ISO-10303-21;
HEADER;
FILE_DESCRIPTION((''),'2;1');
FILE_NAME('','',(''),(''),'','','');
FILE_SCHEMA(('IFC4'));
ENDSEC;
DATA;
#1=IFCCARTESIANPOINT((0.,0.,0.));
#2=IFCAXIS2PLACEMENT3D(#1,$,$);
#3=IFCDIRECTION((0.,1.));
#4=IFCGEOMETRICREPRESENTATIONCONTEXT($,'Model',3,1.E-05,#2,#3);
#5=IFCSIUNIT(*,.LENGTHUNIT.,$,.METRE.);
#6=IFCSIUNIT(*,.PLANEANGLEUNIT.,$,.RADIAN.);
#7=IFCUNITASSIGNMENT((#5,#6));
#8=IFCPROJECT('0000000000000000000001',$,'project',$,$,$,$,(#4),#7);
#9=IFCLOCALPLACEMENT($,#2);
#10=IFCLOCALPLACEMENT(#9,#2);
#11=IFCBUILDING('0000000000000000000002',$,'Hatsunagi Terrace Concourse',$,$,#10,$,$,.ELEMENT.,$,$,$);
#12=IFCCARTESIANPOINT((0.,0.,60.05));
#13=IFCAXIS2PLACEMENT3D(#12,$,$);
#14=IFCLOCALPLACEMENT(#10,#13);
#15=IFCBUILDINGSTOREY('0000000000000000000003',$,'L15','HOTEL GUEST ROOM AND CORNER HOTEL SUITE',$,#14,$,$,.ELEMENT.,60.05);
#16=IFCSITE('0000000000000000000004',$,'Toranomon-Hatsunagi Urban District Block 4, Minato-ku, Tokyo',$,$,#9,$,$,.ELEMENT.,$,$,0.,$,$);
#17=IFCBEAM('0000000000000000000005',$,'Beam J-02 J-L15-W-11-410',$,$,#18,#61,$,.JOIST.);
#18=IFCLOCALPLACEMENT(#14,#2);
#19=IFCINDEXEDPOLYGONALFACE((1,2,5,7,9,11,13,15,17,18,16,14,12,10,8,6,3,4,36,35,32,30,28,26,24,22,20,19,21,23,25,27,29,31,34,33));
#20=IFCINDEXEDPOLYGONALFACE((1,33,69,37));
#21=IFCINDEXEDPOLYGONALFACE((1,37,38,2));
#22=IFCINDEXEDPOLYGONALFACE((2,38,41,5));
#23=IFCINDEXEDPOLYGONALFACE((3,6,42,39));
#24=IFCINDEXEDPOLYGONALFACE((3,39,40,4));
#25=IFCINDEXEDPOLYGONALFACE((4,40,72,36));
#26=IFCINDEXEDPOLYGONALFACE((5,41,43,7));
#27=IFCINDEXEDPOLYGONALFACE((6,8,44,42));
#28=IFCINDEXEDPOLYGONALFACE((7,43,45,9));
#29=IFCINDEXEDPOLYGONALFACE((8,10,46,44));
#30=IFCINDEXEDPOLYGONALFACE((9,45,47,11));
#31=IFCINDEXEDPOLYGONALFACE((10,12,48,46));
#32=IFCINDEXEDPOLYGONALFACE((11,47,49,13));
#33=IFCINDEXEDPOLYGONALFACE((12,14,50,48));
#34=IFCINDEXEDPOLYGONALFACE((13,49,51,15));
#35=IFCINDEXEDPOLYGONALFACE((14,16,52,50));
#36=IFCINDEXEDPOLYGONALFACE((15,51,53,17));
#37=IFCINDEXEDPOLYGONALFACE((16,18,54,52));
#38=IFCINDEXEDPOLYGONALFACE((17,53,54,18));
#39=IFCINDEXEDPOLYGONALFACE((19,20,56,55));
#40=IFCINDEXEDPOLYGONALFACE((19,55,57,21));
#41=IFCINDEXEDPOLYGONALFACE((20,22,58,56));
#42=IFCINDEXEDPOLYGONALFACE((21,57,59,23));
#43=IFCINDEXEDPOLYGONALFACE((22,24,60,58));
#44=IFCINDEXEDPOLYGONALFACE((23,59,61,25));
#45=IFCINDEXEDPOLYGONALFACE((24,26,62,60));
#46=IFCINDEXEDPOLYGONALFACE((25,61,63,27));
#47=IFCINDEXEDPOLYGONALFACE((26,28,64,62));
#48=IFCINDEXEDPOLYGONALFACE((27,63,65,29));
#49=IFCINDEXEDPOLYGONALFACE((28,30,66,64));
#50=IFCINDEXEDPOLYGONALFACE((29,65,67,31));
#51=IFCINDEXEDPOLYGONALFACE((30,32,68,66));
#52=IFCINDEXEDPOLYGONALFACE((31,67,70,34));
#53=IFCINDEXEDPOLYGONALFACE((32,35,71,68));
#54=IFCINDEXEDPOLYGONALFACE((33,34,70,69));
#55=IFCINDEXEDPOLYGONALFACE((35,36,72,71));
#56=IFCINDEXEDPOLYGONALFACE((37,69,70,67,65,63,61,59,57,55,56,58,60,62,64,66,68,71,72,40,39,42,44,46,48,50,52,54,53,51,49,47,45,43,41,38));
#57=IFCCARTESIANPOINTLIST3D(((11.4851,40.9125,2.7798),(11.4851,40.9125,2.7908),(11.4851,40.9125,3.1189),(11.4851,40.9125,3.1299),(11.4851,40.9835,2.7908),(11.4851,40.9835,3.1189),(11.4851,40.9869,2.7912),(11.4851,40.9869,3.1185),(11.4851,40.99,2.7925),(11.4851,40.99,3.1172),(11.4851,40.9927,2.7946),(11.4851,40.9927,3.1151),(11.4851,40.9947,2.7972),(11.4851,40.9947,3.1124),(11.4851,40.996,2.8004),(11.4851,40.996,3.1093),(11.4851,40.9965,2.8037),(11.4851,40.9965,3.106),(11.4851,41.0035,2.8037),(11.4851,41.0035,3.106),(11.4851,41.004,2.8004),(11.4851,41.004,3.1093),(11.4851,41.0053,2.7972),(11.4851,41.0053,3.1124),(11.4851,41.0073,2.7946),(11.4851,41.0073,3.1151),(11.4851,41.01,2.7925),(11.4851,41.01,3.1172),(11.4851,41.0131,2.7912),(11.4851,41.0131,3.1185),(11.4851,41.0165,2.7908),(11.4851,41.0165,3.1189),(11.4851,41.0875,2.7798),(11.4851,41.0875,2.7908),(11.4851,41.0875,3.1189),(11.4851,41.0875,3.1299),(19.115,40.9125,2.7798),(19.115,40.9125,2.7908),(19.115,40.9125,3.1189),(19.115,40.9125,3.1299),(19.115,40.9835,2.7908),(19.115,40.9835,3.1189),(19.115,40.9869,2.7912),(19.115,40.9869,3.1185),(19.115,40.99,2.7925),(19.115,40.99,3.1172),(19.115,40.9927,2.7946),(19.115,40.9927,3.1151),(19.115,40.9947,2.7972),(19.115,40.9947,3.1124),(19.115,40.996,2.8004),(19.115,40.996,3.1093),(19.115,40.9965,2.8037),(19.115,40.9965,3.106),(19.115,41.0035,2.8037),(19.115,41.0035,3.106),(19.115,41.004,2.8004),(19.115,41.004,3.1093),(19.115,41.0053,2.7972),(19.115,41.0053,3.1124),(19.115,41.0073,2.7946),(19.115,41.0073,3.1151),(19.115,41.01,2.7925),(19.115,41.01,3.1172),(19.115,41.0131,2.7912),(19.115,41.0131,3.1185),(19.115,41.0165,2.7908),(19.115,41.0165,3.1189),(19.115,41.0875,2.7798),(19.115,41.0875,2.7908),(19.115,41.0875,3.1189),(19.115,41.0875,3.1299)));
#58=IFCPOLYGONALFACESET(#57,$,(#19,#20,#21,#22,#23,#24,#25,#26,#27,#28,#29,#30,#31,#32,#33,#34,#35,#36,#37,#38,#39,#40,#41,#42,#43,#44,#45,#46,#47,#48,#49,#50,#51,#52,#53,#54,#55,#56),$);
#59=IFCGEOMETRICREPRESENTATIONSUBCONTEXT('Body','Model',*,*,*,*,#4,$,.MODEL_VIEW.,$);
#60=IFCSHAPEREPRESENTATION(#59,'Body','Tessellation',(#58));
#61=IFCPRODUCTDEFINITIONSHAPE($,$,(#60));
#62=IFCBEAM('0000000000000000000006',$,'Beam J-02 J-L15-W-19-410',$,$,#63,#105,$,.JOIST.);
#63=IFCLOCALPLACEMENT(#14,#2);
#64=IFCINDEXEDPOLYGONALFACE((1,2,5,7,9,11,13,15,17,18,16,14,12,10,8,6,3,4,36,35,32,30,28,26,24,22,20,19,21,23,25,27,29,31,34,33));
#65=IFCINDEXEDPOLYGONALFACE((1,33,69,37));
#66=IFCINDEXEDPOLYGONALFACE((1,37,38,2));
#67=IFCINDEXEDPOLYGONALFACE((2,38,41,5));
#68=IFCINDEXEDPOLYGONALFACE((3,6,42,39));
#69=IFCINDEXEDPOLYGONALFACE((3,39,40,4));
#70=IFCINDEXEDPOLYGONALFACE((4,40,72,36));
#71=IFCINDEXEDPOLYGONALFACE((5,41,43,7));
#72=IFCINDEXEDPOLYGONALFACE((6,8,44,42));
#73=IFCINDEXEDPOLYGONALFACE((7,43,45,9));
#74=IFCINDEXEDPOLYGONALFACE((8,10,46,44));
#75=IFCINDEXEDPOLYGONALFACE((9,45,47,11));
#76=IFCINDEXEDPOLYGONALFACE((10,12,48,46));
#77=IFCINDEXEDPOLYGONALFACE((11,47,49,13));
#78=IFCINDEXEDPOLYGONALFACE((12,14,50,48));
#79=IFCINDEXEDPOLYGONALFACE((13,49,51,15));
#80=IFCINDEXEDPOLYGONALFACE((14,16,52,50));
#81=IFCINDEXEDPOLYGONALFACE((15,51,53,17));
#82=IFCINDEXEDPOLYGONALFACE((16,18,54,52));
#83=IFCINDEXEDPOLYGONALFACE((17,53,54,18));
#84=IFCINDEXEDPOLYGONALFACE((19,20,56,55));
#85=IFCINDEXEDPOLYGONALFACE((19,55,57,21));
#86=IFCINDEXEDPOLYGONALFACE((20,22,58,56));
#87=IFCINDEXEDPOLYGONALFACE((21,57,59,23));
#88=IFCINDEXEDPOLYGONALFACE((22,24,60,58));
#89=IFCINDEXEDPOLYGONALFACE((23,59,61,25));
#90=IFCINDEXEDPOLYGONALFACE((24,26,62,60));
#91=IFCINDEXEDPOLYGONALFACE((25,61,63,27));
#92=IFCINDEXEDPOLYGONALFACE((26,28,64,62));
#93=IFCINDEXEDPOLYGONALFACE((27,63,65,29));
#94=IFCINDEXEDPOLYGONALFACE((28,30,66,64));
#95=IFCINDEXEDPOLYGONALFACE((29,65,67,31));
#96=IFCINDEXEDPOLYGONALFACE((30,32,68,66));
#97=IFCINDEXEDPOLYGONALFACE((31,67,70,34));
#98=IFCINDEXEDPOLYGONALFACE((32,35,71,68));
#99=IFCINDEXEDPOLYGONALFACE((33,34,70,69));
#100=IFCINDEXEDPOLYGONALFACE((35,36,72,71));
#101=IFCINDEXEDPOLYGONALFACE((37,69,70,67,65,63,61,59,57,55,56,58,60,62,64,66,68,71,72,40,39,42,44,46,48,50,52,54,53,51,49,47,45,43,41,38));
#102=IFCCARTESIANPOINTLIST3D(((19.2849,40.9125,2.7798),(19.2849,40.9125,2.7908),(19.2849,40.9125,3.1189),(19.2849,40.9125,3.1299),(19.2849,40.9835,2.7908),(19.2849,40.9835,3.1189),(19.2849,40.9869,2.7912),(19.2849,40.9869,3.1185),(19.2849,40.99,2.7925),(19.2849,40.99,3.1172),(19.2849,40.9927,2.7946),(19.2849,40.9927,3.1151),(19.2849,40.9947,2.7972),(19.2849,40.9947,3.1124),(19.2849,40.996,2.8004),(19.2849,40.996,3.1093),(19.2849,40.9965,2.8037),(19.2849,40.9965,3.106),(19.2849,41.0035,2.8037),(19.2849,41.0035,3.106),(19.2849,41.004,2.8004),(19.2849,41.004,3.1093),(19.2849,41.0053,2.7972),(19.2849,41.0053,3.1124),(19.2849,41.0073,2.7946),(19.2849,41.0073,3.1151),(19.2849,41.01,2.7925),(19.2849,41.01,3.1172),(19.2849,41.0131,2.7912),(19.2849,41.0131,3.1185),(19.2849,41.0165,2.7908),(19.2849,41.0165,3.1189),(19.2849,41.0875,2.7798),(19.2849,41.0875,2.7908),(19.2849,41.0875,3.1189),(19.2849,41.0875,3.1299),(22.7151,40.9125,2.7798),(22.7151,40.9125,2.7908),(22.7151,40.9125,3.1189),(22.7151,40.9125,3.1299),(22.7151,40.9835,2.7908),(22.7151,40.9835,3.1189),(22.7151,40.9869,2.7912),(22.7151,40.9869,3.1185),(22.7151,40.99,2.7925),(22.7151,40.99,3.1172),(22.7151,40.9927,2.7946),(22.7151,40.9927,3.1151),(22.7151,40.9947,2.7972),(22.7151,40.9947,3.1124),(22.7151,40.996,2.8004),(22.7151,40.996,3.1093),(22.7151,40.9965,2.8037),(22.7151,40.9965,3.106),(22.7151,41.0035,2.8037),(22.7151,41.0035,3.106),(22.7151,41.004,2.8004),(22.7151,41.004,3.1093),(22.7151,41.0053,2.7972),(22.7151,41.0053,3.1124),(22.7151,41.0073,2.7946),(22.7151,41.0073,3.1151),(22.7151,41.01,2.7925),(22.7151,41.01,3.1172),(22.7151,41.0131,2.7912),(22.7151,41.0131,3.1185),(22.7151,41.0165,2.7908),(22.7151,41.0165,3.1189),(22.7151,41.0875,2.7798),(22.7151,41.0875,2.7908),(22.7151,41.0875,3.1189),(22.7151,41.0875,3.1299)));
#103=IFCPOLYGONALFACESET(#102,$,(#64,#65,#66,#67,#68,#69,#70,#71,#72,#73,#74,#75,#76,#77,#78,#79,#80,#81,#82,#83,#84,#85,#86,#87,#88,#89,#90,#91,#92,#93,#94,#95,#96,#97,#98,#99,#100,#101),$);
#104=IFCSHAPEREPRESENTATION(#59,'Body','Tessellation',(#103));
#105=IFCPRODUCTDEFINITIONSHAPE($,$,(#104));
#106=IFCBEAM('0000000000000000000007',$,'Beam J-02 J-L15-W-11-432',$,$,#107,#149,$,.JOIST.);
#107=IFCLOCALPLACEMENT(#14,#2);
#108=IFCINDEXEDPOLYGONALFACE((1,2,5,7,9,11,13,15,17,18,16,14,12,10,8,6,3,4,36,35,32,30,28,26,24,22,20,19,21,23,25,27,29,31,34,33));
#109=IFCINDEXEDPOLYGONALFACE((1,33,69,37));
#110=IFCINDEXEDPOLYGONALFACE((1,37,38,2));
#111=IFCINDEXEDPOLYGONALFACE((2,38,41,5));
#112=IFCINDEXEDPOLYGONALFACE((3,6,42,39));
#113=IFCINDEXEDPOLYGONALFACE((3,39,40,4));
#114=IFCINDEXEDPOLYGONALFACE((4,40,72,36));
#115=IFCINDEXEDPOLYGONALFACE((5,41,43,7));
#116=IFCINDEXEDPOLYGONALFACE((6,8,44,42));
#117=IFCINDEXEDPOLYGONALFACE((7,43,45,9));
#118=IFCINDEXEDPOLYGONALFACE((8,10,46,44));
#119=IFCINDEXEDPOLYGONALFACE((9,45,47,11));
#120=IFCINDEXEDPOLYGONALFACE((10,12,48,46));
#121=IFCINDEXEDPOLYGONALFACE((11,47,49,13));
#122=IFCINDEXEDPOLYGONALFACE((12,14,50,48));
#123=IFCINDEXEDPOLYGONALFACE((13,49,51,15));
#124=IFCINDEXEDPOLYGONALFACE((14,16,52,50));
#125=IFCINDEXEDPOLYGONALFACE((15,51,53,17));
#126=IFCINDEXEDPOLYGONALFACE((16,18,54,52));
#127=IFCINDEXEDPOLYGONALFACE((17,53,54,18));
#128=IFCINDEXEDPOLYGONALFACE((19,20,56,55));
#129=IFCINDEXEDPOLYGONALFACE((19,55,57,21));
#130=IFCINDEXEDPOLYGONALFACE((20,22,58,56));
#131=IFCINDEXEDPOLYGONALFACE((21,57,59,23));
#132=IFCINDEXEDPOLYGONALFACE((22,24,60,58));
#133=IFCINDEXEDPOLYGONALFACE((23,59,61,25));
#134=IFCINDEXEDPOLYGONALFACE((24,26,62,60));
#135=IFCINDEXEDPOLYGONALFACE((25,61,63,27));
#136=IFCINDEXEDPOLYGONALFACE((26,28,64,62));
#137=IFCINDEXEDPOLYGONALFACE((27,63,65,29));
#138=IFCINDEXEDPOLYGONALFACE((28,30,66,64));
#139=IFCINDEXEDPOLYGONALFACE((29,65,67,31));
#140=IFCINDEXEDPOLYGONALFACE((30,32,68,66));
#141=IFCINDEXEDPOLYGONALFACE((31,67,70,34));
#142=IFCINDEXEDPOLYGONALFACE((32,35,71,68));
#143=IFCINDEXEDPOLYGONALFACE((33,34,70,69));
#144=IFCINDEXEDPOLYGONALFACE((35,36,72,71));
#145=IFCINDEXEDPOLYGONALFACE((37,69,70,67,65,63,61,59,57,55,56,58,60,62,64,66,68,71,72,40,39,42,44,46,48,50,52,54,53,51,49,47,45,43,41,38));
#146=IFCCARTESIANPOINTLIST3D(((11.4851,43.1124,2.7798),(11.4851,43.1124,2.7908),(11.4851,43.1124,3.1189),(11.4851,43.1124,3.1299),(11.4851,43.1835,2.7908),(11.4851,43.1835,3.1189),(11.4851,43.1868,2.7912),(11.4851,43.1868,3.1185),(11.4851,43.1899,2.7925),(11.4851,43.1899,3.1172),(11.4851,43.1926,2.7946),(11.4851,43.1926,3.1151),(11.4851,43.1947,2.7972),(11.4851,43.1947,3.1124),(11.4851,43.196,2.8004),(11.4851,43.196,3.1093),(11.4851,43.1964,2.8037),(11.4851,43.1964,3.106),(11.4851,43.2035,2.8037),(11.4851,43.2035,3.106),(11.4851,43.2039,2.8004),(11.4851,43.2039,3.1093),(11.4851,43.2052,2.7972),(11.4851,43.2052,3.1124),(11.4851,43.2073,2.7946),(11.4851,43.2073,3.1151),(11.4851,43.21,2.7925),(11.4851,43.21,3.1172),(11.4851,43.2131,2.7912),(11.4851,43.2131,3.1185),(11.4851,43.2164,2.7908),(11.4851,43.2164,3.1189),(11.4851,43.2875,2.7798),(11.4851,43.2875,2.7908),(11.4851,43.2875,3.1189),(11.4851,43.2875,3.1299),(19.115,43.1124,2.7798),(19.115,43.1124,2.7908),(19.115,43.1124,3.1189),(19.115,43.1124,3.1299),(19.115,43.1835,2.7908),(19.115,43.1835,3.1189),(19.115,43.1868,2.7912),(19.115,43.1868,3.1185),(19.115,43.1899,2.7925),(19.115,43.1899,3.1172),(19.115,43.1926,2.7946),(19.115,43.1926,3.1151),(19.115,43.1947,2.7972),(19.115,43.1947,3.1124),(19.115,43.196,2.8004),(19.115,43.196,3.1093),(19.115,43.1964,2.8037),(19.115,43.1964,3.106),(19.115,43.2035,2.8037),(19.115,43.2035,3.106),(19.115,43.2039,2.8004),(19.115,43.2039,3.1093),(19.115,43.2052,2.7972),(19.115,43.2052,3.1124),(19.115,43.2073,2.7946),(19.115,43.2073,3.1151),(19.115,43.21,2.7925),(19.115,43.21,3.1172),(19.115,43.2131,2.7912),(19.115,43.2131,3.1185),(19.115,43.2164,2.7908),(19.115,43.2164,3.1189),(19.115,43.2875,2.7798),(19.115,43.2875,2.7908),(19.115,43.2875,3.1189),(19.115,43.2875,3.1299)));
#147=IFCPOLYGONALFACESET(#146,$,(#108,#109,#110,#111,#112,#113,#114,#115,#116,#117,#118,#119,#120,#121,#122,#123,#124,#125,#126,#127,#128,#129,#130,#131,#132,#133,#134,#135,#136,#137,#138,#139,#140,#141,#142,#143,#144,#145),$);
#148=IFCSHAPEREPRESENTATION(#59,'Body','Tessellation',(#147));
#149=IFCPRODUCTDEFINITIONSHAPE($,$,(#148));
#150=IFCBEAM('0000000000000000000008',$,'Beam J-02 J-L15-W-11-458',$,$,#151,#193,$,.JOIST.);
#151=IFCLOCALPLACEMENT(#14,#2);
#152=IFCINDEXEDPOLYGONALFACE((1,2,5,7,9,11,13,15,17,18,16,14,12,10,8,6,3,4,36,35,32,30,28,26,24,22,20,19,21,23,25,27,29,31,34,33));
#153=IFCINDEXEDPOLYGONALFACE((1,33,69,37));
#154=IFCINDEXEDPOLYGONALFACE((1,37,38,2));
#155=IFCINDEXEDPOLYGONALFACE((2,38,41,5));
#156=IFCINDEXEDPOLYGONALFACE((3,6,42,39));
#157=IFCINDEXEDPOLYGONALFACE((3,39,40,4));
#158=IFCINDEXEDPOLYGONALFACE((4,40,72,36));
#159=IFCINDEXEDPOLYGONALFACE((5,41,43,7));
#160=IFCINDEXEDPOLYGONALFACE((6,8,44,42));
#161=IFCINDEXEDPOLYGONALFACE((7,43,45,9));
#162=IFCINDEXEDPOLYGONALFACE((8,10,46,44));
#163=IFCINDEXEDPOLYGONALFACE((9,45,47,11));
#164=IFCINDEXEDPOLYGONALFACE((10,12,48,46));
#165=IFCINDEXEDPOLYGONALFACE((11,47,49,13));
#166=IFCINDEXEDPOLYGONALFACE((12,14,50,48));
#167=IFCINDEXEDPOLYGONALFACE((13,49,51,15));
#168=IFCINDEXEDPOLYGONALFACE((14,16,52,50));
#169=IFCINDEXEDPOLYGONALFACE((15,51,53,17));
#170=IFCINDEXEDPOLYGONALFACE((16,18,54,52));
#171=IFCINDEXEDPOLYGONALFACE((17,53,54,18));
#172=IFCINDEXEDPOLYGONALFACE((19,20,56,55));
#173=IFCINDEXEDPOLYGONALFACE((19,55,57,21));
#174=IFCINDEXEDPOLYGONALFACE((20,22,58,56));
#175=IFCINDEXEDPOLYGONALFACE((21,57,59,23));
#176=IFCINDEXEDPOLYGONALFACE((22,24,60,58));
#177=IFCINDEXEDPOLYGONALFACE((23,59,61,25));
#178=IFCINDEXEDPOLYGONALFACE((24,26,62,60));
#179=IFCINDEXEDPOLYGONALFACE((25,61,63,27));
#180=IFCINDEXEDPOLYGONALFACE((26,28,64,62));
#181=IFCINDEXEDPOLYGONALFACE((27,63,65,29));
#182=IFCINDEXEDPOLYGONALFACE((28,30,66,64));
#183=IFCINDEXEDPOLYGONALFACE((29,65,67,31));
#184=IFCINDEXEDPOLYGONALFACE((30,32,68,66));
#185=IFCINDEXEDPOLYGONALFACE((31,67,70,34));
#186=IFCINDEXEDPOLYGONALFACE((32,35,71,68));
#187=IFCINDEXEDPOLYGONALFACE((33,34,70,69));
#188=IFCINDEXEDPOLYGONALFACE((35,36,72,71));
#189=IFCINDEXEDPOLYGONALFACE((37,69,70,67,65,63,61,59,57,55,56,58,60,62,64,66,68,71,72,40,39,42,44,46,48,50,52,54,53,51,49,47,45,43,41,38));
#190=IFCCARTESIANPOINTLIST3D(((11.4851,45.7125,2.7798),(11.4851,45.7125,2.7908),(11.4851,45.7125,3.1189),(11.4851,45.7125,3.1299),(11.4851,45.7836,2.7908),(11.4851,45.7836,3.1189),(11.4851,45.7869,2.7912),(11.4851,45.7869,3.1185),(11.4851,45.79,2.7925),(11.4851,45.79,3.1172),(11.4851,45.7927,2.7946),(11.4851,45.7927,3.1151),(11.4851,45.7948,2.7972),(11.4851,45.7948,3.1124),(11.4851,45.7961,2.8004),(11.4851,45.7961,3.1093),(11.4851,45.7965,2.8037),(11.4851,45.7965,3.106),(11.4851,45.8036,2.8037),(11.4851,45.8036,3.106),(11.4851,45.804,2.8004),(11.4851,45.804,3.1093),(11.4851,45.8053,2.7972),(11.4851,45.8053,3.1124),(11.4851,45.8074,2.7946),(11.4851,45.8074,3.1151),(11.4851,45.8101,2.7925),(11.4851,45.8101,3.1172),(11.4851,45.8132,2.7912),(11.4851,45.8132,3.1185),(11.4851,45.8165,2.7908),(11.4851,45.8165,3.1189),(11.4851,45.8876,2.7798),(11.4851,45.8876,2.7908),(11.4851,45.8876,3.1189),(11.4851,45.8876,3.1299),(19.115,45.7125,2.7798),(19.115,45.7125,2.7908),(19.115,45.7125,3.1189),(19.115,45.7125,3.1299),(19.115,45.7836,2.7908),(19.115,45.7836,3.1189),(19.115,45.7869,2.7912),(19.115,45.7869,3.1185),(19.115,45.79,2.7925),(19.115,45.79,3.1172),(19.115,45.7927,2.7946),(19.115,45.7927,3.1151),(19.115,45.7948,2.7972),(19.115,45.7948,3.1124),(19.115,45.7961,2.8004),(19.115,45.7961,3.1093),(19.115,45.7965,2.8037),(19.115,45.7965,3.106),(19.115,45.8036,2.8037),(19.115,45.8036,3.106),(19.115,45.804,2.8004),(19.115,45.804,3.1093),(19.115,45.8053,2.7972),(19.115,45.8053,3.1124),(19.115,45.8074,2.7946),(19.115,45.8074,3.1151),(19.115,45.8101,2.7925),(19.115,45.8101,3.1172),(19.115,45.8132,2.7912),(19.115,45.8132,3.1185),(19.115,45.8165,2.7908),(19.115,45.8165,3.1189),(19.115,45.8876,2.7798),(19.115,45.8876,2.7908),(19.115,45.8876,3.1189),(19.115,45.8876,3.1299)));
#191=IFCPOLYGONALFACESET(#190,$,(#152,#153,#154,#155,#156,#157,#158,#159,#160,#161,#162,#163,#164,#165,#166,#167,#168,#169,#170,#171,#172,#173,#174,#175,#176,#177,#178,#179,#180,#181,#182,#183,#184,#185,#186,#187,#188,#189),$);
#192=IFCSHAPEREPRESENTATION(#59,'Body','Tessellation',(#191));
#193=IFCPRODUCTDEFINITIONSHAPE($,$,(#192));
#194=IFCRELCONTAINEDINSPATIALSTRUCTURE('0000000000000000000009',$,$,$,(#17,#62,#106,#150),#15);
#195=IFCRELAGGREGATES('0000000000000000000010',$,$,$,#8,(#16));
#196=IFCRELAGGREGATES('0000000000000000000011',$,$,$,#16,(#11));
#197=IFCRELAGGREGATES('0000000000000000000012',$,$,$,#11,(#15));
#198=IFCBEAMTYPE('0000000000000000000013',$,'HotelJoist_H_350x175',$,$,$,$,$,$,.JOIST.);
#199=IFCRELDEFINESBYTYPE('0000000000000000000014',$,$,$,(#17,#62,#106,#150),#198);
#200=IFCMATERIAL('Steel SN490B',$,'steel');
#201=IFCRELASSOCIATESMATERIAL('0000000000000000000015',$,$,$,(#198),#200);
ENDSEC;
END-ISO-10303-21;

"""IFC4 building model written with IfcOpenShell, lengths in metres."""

from ifc_helpers import new_model, si_unit, direction, frame, origin, origin_2d, place, context, subcontext, project, spatial, i_section, extrude, material, material_profile, profile_set, type_object, element, save


model = new_model("IFC4")

# Units and contexts
model_context = context("Model", 3, precision=1e-05, world=origin(), true_north=direction((0.0, 1.0)))
body_context = subcontext(model_context, "Body", "Model", "MODEL_VIEW")
ifc_project = project(units=[si_unit("LENGTHUNIT", "METRE"), si_unit("PLANEANGLEUNIT", "RADIAN")], contexts=[model_context])

# Site, building, storey
site_placement = place(None, origin())
site = spatial("IfcSite", under=ifc_project, at=site_placement, Name="Toranomon-Hatsunagi Urban District Block 4, Minato-ku, Tokyo", CompositionType="ELEMENT", RefElevation=0.0)
building_placement = place(site_placement, origin())
building = spatial("IfcBuilding", under=site, at=building_placement, Name="Hatsunagi Terrace Concourse", CompositionType="ELEMENT")
storey_placement = place(building_placement, frame((0.0, 0.0, 60.05)))
storey = spatial("IfcBuildingStorey", under=building, at=storey_placement, Name="L15", Description="HOTEL GUEST ROOM AND CORNER HOTEL SUITE", CompositionType="ELEMENT", Elevation=60.05)

# Beams
ifc_material_1 = material(Name="Steel SN490B", Category="steel")
ifc_material_profile_1 = material_profile(ifc_material_1, i_section(OverallWidth=0.175, OverallDepth=0.3501, WebThickness=0.0071, FlangeThickness=0.011, FilletRadius=0.0129, at=origin_2d()), Name="H-350x175x7x11")
ifc_profile_set_1 = profile_set([ifc_material_profile_1], Name="Steel SN490B")
beam_type_1 = type_object("IfcBeamType", Name="HotelJoist_H_350x175", PredefinedType="JOIST", material=ifc_profile_set_1)
beam_1_placement = place(storey_placement, frame((11.4851, 41.0, 2.9548), z_axis=(1.0, 0.0, 0.0), x_axis=(0.0, 1.0, 0.0)))
element("IfcBeam", 1, at=beam_1_placement, inside=storey, type_object=beam_type_1, Name="Beam J-02 J-L15-W-11-410", PredefinedType="JOIST", context=body_context, shape_type="SweptSolid", body=[
    extrude(i_section(OverallWidth=0.175, OverallDepth=0.3501, WebThickness=0.0071, FlangeThickness=0.011, FilletRadius=0.0129, at=origin_2d()), origin(), (0.0, 0.0, 1.0), 7.6299),
])
beam_2_placement = place(storey_placement, frame((19.2849, 41.0, 2.9548), z_axis=(1.0, 0.0, 0.0), x_axis=(0.0, 1.0, 0.0)))
element("IfcBeam", 2, at=beam_2_placement, inside=storey, type_object=beam_type_1, Name="Beam J-02 J-L15-W-19-410", PredefinedType="JOIST", context=body_context, shape_type="SweptSolid", body=[
    extrude(i_section(OverallWidth=0.175, OverallDepth=0.3501, WebThickness=0.0071, FlangeThickness=0.011, FilletRadius=0.0129, at=origin_2d()), origin(), (0.0, 0.0, 1.0), 3.4302),
])
for number, where, z_axis, x_axis, name in (
    (3, (11.4851, 43.2, 2.9548), (1.0, 0.0, 0.0), (0.0, 1.0, 0.0), "Beam J-02 J-L15-W-11-432"),
    (4, (11.4851, 45.8, 2.9548), (1.0, 0.0, 0.0), (0.0, 1.0, 0.0), "Beam J-02 J-L15-W-11-458"),
):
    element("IfcBeam", number, at=place(storey_placement, frame(where, z_axis=z_axis, x_axis=x_axis)), inside=storey, type_object=beam_type_1, Name=name, PredefinedType="JOIST", context=body_context, shape_type="SweptSolid", body=[
        extrude(i_section(OverallWidth=0.175, OverallDepth=0.3501, WebThickness=0.0071, FlangeThickness=0.011, FilletRadius=0.0129, at=origin_2d()), origin(), (0.0, 0.0, 1.0), 7.6299),
    ])

save(model, "model.ifc")
